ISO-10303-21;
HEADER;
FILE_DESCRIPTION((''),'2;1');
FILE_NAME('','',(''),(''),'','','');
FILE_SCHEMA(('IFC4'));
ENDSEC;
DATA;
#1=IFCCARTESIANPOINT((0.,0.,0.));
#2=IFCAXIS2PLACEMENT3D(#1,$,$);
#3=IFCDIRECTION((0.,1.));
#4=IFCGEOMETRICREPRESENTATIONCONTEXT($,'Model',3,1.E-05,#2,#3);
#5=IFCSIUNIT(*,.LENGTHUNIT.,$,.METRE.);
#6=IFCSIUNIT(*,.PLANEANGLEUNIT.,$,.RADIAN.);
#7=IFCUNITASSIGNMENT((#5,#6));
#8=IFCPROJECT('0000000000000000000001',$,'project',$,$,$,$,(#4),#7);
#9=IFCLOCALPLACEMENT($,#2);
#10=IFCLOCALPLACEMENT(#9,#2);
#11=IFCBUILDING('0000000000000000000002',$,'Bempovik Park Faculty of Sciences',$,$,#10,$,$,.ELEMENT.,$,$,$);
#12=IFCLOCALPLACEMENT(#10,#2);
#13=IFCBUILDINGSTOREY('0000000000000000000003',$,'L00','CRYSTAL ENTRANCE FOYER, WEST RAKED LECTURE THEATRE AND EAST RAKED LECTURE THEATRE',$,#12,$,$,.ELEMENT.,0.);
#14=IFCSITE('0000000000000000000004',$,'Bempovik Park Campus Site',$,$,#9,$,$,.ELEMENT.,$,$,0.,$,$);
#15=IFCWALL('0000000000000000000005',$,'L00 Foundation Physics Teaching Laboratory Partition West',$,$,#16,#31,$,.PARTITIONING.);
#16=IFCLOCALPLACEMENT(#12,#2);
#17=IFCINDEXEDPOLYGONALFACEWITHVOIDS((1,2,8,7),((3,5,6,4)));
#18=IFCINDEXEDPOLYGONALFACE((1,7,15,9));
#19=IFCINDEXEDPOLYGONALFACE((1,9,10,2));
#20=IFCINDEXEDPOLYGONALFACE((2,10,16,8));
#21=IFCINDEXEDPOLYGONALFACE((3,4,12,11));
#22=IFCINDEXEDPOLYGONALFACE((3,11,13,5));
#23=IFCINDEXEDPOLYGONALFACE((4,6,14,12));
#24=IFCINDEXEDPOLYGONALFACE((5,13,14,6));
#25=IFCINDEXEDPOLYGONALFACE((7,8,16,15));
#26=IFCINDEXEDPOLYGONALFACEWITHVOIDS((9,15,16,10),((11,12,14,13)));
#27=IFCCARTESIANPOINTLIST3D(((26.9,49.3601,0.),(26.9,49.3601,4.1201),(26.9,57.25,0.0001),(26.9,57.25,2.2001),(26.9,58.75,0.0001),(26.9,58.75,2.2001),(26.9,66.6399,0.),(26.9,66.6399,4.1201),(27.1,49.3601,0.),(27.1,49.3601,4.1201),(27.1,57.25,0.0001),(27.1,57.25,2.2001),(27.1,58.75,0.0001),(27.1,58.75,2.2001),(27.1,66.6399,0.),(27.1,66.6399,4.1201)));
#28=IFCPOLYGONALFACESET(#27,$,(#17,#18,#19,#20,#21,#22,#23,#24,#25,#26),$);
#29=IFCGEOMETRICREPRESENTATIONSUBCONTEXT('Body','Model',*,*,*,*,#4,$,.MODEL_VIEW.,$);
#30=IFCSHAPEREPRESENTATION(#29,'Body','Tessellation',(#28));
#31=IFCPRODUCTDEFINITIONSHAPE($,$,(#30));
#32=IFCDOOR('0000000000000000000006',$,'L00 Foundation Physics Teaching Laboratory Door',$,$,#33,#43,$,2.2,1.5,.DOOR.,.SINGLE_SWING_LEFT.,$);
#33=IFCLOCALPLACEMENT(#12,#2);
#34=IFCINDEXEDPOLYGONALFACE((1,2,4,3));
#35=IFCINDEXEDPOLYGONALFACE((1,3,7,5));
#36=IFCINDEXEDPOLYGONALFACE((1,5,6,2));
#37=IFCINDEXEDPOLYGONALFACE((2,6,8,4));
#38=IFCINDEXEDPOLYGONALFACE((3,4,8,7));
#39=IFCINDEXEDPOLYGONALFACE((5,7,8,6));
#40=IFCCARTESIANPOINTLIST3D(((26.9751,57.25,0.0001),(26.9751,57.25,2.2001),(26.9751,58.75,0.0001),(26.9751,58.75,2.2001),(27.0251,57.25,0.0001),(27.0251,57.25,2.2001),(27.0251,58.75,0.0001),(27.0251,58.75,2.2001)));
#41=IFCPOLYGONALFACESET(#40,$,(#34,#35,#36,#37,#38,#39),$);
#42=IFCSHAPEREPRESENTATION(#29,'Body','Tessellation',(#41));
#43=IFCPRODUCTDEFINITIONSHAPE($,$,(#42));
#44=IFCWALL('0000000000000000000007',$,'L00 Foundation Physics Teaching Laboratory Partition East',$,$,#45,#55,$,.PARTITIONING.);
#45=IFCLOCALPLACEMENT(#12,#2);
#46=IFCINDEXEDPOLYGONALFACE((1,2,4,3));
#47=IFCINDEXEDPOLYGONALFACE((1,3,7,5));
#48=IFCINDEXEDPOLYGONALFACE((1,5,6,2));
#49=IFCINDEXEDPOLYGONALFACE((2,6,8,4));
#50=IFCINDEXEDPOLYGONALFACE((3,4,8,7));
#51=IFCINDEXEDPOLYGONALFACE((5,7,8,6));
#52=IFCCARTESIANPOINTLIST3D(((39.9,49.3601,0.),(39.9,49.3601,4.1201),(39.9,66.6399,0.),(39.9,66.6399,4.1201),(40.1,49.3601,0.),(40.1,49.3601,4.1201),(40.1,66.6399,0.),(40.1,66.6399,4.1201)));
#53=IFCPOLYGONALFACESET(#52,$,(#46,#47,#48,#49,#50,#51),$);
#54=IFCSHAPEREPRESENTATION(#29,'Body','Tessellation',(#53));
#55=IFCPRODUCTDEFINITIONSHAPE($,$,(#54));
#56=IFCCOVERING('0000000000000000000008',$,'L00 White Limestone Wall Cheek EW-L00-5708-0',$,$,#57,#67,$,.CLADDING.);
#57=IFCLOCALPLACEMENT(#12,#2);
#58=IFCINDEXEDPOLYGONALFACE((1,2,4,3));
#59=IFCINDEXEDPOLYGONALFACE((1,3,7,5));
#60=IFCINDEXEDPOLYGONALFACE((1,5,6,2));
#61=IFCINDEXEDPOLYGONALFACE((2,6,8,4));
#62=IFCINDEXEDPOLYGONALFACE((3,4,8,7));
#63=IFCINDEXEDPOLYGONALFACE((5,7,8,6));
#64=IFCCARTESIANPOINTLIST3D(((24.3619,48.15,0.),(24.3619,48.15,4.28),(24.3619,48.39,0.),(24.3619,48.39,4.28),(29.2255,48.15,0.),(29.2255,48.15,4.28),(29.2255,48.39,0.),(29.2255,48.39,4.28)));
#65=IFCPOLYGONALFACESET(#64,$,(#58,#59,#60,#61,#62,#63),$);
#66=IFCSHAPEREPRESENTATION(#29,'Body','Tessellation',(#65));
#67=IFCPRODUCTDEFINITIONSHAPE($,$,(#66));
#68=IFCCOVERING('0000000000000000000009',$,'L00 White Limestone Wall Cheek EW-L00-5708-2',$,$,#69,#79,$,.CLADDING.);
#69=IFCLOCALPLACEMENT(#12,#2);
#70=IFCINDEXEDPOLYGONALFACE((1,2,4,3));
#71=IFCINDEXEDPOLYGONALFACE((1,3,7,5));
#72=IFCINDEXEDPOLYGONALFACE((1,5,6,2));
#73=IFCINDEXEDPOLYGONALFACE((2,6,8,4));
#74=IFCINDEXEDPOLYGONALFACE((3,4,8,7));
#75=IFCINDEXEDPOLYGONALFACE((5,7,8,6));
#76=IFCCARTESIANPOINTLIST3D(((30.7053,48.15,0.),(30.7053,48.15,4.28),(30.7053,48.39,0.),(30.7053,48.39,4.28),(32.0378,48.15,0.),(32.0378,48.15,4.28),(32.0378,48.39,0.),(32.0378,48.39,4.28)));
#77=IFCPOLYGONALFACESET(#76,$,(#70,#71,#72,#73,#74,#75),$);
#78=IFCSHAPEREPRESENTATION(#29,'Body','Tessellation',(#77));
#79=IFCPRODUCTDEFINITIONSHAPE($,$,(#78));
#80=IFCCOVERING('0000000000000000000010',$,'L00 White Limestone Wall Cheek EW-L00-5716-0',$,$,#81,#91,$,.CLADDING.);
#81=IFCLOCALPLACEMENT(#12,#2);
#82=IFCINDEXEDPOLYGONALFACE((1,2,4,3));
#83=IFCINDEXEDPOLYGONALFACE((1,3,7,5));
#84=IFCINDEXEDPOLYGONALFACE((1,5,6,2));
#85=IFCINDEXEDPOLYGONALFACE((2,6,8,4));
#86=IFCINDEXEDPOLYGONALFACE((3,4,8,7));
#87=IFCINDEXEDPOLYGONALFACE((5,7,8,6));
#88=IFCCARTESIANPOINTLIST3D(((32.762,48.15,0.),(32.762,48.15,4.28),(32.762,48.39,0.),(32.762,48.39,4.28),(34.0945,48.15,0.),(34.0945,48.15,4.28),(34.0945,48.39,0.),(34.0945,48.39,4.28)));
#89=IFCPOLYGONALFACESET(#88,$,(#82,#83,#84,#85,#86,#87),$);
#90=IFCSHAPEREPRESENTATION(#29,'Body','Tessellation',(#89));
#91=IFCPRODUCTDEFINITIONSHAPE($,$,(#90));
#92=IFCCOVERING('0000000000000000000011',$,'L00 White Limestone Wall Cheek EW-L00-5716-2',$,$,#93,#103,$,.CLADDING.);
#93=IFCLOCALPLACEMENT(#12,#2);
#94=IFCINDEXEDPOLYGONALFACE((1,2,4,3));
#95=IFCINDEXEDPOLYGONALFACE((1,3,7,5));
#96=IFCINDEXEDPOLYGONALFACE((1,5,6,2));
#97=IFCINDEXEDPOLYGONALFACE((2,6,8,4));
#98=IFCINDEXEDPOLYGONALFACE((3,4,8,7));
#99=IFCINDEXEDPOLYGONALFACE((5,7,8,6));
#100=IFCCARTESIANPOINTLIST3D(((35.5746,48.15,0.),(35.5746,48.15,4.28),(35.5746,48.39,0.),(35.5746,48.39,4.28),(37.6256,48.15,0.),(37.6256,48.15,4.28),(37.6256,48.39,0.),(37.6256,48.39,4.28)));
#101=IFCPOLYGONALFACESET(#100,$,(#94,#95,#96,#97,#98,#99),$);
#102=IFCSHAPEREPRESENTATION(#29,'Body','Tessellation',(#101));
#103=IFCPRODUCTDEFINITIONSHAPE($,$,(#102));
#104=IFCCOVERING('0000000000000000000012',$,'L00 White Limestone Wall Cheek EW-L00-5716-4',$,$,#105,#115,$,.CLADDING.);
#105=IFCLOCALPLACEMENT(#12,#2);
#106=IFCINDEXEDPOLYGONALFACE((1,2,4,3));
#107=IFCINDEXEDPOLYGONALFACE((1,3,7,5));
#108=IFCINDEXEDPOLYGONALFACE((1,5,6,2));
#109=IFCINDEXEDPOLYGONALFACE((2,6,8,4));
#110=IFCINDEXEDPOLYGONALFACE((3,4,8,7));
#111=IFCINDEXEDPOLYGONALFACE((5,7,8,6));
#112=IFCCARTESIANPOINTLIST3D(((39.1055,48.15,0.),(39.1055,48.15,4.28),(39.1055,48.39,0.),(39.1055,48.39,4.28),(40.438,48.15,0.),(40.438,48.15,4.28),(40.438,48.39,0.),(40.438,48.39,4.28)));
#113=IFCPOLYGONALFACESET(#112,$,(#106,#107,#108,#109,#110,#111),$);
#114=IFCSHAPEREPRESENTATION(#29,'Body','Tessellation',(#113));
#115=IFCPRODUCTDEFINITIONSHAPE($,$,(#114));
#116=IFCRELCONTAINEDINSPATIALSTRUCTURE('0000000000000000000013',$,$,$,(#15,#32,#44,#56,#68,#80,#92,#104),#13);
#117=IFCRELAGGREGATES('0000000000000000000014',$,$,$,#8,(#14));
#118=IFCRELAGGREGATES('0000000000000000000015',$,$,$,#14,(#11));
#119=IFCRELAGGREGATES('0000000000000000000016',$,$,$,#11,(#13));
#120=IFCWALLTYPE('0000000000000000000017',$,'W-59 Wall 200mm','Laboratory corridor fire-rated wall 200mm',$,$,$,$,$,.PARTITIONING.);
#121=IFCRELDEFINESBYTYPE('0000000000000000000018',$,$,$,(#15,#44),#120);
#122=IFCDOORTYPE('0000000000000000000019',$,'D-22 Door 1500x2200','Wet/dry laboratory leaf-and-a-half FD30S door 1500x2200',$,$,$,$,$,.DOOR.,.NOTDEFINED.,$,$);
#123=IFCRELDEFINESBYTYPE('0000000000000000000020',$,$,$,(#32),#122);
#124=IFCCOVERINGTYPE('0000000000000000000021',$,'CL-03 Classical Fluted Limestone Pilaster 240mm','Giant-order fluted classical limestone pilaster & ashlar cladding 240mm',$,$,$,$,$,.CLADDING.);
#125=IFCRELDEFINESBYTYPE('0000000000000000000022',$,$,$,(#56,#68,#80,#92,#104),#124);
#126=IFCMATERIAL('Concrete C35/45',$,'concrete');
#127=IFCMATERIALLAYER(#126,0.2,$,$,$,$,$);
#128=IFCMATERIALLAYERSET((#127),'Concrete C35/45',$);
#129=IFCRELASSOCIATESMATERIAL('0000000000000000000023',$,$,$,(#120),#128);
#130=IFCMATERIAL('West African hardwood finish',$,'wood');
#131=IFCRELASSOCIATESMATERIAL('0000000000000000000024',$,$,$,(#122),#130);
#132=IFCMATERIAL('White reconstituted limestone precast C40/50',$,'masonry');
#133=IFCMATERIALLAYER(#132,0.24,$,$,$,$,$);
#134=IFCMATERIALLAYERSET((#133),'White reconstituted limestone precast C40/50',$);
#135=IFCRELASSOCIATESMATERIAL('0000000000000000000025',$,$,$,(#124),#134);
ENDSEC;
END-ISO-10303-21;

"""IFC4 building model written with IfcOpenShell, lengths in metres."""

from ifc_helpers import new_model, si_unit, direction, frame, frame_2d, origin, origin_2d, place, context, subcontext, project, spatial, rectangle, extrude, material, layer, layer_set, type_object, element, fill, save


model = new_model("IFC4")

# Units and contexts
model_context = context("Model", 3, precision=1e-05, world=origin(), true_north=direction((0.0, 1.0)))
body_context = subcontext(model_context, "Body", "Model", "MODEL_VIEW")
ifc_project = project(units=[si_unit("LENGTHUNIT", "METRE"), si_unit("PLANEANGLEUNIT", "RADIAN")], contexts=[model_context])

# Site, building, storey
site_placement = place(None, origin())
site = spatial("IfcSite", under=ifc_project, at=site_placement, Name="Bempovik Park Campus Site", CompositionType="ELEMENT", RefElevation=0.0)
building_placement = place(site_placement, origin())
building = spatial("IfcBuilding", under=site, at=building_placement, Name="Bempovik Park Faculty of Sciences", CompositionType="ELEMENT")
storey_placement = place(building_placement, origin())
storey = spatial("IfcBuildingStorey", under=building, at=storey_placement, Name="L00", Description="CRYSTAL ENTRANCE FOYER, WEST RAKED LECTURE THEATRE AND EAST RAKED LECTURE THEATRE", CompositionType="ELEMENT", Elevation=0.0)

# Shared definitions
ifc_material_1 = material(Name="Concrete C35/45", Category="concrete")

# Shared definitions
ifc_layer_1 = layer(ifc_material_1, 0.2)
ifc_layer_set_1 = layer_set([ifc_layer_1], Name="Concrete C35/45")
wall_type_1 = type_object("IfcWallType", Name="W-59 Wall 200mm", Description="Laboratory corridor fire-rated wall 200mm", PredefinedType="PARTITIONING", material=ifc_layer_set_1)

# Wall, opening, door
wall_1_placement = place(storey_placement, frame((27.0, 49.3601, 0.0), z_axis=(0.0, 0.0, 1.0), x_axis=(0.0, 1.0, 0.0)))
wall_1 = element("IfcWall", 1, at=wall_1_placement, inside=storey, type_object=wall_type_1, Name="L00 Foundation Physics Teaching Laboratory Partition West", PredefinedType="PARTITIONING", context=body_context, shape_type="SweptSolid", body=[
    extrude(rectangle(XDim=17.2798, YDim=0.2, at=frame_2d((8.6399, 0.0))), origin(), (0.0, 0.0, 1.0), 4.1201),
])
opening_1_placement = place(wall_1_placement, frame((7.8899, 0.0, 0.0)))
opening_1 = element("IfcOpeningElement", 2, at=opening_1_placement, cuts=wall_1, PredefinedType="OPENING", context=body_context, shape_type="SweptSolid", body=[
    extrude(rectangle(XDim=1.5, YDim=2.2, at=frame_2d((0.75, 1.1001))), frame((0.0, 0.1099, 0.0), z_axis=(0.0, -1.0, 0.0), x_axis=(1.0, 0.0, 0.0)), (0.0, 0.0, 1.0), 0.22),
])
ifc_material_2 = material(Name="West African hardwood finish", Category="wood")
door_type = type_object("IfcDoorType", Name="D-22 Door 1500x2200", Description="Wet/dry laboratory leaf-and-a-half FD30S door 1500x2200", OperationType="NOTDEFINED", PredefinedType="DOOR", material=ifc_material_2)
door_placement = place(opening_1_placement, origin())
door = element("IfcDoor", 3, at=door_placement, inside=storey, type_object=door_type, Name="L00 Foundation Physics Teaching Laboratory Door", OperationType="SINGLE_SWING_LEFT", OverallHeight=2.2, OverallWidth=1.5, PredefinedType="DOOR", context=body_context, shape_type="SweptSolid", body=[
    extrude(rectangle(XDim=1.5, YDim=2.2, at=frame_2d((0.75, 1.1001))), frame((0.0, 0.0249, 0.0), z_axis=(0.0, -1.0, 0.0), x_axis=(1.0, 0.0, 0.0)), (0.0, 0.0, 1.0), 0.05),
])
fill(opening_1, door)

# Wall
wall_2_placement = place(storey_placement, frame((40.0, 49.3601, 0.0), z_axis=(0.0, 0.0, 1.0), x_axis=(0.0, 1.0, 0.0)))
element("IfcWall", 4, at=wall_2_placement, inside=storey, type_object=wall_type_1, Name="L00 Foundation Physics Teaching Laboratory Partition East", PredefinedType="PARTITIONING", context=body_context, shape_type="SweptSolid", body=[
    extrude(rectangle(XDim=17.2798, YDim=0.2, at=frame_2d((8.6399, 0.0))), origin(), (0.0, 0.0, 1.0), 4.1201),
])

# Coverings
ifc_material_3 = material(Name="White reconstituted limestone precast C40/50", Category="masonry")
ifc_layer_2 = layer(ifc_material_3, 0.24)
ifc_layer_set_2 = layer_set([ifc_layer_2], Name="White reconstituted limestone precast C40/50")
covering_type = type_object("IfcCoveringType", Name="CL-03 Classical Fluted Limestone Pilaster 240mm", Description="Giant-order fluted classical limestone pilaster & ashlar cladding 240mm", PredefinedType="CLADDING", material=ifc_layer_set_2)
covering_1_placement = place(storey_placement, frame((26.7937, 48.27, 0.0), z_axis=(0.0, 0.0, 1.0), x_axis=(1.0, 0.0, 0.0)))
element("IfcCovering", 5, at=covering_1_placement, inside=storey, type_object=covering_type, Name="L00 White Limestone Wall Cheek EW-L00-5708-0", PredefinedType="CLADDING", context=body_context, shape_type="SweptSolid", body=[
    extrude(rectangle(XDim=4.8635, YDim=0.24, at=origin_2d()), origin(), (0.0, 0.0, 1.0), 4.28),
])
for number, where, z_axis, x_axis, name in (
    (6, (31.3716, 48.27, 0.0), (0.0, 0.0, 1.0), (1.0, 0.0, 0.0), "L00 White Limestone Wall Cheek EW-L00-5708-2"),
    (7, (33.4282, 48.27, 0.0), (0.0, 0.0, 1.0), (1.0, 0.0, 0.0), "L00 White Limestone Wall Cheek EW-L00-5716-0"),
):
    element("IfcCovering", number, at=place(storey_placement, frame(where, z_axis=z_axis, x_axis=x_axis)), inside=storey, type_object=covering_type, Name=name, PredefinedType="CLADDING", context=body_context, shape_type="SweptSolid", body=[
        extrude(rectangle(XDim=1.3325, YDim=0.24, at=origin_2d()), origin(), (0.0, 0.0, 1.0), 4.28),
    ])
covering_2_placement = place(storey_placement, frame((36.6001, 48.27, 0.0), z_axis=(0.0, 0.0, 1.0), x_axis=(1.0, 0.0, 0.0)))
element("IfcCovering", 8, at=covering_2_placement, inside=storey, type_object=covering_type, Name="L00 White Limestone Wall Cheek EW-L00-5716-2", PredefinedType="CLADDING", context=body_context, shape_type="SweptSolid", body=[
    extrude(rectangle(XDim=2.051, YDim=0.24, at=origin_2d()), origin(), (0.0, 0.0, 1.0), 4.28),
])
covering_3_placement = place(storey_placement, frame((39.7717, 48.27, 0.0), z_axis=(0.0, 0.0, 1.0), x_axis=(1.0, 0.0, 0.0)))
element("IfcCovering", 9, at=covering_3_placement, inside=storey, type_object=covering_type, Name="L00 White Limestone Wall Cheek EW-L00-5716-4", PredefinedType="CLADDING", context=body_context, shape_type="SweptSolid", body=[
    extrude(rectangle(XDim=1.3325, YDim=0.24, at=origin_2d()), origin(), (0.0, 0.0, 1.0), 4.28),
])

save(model, "model.ifc")
